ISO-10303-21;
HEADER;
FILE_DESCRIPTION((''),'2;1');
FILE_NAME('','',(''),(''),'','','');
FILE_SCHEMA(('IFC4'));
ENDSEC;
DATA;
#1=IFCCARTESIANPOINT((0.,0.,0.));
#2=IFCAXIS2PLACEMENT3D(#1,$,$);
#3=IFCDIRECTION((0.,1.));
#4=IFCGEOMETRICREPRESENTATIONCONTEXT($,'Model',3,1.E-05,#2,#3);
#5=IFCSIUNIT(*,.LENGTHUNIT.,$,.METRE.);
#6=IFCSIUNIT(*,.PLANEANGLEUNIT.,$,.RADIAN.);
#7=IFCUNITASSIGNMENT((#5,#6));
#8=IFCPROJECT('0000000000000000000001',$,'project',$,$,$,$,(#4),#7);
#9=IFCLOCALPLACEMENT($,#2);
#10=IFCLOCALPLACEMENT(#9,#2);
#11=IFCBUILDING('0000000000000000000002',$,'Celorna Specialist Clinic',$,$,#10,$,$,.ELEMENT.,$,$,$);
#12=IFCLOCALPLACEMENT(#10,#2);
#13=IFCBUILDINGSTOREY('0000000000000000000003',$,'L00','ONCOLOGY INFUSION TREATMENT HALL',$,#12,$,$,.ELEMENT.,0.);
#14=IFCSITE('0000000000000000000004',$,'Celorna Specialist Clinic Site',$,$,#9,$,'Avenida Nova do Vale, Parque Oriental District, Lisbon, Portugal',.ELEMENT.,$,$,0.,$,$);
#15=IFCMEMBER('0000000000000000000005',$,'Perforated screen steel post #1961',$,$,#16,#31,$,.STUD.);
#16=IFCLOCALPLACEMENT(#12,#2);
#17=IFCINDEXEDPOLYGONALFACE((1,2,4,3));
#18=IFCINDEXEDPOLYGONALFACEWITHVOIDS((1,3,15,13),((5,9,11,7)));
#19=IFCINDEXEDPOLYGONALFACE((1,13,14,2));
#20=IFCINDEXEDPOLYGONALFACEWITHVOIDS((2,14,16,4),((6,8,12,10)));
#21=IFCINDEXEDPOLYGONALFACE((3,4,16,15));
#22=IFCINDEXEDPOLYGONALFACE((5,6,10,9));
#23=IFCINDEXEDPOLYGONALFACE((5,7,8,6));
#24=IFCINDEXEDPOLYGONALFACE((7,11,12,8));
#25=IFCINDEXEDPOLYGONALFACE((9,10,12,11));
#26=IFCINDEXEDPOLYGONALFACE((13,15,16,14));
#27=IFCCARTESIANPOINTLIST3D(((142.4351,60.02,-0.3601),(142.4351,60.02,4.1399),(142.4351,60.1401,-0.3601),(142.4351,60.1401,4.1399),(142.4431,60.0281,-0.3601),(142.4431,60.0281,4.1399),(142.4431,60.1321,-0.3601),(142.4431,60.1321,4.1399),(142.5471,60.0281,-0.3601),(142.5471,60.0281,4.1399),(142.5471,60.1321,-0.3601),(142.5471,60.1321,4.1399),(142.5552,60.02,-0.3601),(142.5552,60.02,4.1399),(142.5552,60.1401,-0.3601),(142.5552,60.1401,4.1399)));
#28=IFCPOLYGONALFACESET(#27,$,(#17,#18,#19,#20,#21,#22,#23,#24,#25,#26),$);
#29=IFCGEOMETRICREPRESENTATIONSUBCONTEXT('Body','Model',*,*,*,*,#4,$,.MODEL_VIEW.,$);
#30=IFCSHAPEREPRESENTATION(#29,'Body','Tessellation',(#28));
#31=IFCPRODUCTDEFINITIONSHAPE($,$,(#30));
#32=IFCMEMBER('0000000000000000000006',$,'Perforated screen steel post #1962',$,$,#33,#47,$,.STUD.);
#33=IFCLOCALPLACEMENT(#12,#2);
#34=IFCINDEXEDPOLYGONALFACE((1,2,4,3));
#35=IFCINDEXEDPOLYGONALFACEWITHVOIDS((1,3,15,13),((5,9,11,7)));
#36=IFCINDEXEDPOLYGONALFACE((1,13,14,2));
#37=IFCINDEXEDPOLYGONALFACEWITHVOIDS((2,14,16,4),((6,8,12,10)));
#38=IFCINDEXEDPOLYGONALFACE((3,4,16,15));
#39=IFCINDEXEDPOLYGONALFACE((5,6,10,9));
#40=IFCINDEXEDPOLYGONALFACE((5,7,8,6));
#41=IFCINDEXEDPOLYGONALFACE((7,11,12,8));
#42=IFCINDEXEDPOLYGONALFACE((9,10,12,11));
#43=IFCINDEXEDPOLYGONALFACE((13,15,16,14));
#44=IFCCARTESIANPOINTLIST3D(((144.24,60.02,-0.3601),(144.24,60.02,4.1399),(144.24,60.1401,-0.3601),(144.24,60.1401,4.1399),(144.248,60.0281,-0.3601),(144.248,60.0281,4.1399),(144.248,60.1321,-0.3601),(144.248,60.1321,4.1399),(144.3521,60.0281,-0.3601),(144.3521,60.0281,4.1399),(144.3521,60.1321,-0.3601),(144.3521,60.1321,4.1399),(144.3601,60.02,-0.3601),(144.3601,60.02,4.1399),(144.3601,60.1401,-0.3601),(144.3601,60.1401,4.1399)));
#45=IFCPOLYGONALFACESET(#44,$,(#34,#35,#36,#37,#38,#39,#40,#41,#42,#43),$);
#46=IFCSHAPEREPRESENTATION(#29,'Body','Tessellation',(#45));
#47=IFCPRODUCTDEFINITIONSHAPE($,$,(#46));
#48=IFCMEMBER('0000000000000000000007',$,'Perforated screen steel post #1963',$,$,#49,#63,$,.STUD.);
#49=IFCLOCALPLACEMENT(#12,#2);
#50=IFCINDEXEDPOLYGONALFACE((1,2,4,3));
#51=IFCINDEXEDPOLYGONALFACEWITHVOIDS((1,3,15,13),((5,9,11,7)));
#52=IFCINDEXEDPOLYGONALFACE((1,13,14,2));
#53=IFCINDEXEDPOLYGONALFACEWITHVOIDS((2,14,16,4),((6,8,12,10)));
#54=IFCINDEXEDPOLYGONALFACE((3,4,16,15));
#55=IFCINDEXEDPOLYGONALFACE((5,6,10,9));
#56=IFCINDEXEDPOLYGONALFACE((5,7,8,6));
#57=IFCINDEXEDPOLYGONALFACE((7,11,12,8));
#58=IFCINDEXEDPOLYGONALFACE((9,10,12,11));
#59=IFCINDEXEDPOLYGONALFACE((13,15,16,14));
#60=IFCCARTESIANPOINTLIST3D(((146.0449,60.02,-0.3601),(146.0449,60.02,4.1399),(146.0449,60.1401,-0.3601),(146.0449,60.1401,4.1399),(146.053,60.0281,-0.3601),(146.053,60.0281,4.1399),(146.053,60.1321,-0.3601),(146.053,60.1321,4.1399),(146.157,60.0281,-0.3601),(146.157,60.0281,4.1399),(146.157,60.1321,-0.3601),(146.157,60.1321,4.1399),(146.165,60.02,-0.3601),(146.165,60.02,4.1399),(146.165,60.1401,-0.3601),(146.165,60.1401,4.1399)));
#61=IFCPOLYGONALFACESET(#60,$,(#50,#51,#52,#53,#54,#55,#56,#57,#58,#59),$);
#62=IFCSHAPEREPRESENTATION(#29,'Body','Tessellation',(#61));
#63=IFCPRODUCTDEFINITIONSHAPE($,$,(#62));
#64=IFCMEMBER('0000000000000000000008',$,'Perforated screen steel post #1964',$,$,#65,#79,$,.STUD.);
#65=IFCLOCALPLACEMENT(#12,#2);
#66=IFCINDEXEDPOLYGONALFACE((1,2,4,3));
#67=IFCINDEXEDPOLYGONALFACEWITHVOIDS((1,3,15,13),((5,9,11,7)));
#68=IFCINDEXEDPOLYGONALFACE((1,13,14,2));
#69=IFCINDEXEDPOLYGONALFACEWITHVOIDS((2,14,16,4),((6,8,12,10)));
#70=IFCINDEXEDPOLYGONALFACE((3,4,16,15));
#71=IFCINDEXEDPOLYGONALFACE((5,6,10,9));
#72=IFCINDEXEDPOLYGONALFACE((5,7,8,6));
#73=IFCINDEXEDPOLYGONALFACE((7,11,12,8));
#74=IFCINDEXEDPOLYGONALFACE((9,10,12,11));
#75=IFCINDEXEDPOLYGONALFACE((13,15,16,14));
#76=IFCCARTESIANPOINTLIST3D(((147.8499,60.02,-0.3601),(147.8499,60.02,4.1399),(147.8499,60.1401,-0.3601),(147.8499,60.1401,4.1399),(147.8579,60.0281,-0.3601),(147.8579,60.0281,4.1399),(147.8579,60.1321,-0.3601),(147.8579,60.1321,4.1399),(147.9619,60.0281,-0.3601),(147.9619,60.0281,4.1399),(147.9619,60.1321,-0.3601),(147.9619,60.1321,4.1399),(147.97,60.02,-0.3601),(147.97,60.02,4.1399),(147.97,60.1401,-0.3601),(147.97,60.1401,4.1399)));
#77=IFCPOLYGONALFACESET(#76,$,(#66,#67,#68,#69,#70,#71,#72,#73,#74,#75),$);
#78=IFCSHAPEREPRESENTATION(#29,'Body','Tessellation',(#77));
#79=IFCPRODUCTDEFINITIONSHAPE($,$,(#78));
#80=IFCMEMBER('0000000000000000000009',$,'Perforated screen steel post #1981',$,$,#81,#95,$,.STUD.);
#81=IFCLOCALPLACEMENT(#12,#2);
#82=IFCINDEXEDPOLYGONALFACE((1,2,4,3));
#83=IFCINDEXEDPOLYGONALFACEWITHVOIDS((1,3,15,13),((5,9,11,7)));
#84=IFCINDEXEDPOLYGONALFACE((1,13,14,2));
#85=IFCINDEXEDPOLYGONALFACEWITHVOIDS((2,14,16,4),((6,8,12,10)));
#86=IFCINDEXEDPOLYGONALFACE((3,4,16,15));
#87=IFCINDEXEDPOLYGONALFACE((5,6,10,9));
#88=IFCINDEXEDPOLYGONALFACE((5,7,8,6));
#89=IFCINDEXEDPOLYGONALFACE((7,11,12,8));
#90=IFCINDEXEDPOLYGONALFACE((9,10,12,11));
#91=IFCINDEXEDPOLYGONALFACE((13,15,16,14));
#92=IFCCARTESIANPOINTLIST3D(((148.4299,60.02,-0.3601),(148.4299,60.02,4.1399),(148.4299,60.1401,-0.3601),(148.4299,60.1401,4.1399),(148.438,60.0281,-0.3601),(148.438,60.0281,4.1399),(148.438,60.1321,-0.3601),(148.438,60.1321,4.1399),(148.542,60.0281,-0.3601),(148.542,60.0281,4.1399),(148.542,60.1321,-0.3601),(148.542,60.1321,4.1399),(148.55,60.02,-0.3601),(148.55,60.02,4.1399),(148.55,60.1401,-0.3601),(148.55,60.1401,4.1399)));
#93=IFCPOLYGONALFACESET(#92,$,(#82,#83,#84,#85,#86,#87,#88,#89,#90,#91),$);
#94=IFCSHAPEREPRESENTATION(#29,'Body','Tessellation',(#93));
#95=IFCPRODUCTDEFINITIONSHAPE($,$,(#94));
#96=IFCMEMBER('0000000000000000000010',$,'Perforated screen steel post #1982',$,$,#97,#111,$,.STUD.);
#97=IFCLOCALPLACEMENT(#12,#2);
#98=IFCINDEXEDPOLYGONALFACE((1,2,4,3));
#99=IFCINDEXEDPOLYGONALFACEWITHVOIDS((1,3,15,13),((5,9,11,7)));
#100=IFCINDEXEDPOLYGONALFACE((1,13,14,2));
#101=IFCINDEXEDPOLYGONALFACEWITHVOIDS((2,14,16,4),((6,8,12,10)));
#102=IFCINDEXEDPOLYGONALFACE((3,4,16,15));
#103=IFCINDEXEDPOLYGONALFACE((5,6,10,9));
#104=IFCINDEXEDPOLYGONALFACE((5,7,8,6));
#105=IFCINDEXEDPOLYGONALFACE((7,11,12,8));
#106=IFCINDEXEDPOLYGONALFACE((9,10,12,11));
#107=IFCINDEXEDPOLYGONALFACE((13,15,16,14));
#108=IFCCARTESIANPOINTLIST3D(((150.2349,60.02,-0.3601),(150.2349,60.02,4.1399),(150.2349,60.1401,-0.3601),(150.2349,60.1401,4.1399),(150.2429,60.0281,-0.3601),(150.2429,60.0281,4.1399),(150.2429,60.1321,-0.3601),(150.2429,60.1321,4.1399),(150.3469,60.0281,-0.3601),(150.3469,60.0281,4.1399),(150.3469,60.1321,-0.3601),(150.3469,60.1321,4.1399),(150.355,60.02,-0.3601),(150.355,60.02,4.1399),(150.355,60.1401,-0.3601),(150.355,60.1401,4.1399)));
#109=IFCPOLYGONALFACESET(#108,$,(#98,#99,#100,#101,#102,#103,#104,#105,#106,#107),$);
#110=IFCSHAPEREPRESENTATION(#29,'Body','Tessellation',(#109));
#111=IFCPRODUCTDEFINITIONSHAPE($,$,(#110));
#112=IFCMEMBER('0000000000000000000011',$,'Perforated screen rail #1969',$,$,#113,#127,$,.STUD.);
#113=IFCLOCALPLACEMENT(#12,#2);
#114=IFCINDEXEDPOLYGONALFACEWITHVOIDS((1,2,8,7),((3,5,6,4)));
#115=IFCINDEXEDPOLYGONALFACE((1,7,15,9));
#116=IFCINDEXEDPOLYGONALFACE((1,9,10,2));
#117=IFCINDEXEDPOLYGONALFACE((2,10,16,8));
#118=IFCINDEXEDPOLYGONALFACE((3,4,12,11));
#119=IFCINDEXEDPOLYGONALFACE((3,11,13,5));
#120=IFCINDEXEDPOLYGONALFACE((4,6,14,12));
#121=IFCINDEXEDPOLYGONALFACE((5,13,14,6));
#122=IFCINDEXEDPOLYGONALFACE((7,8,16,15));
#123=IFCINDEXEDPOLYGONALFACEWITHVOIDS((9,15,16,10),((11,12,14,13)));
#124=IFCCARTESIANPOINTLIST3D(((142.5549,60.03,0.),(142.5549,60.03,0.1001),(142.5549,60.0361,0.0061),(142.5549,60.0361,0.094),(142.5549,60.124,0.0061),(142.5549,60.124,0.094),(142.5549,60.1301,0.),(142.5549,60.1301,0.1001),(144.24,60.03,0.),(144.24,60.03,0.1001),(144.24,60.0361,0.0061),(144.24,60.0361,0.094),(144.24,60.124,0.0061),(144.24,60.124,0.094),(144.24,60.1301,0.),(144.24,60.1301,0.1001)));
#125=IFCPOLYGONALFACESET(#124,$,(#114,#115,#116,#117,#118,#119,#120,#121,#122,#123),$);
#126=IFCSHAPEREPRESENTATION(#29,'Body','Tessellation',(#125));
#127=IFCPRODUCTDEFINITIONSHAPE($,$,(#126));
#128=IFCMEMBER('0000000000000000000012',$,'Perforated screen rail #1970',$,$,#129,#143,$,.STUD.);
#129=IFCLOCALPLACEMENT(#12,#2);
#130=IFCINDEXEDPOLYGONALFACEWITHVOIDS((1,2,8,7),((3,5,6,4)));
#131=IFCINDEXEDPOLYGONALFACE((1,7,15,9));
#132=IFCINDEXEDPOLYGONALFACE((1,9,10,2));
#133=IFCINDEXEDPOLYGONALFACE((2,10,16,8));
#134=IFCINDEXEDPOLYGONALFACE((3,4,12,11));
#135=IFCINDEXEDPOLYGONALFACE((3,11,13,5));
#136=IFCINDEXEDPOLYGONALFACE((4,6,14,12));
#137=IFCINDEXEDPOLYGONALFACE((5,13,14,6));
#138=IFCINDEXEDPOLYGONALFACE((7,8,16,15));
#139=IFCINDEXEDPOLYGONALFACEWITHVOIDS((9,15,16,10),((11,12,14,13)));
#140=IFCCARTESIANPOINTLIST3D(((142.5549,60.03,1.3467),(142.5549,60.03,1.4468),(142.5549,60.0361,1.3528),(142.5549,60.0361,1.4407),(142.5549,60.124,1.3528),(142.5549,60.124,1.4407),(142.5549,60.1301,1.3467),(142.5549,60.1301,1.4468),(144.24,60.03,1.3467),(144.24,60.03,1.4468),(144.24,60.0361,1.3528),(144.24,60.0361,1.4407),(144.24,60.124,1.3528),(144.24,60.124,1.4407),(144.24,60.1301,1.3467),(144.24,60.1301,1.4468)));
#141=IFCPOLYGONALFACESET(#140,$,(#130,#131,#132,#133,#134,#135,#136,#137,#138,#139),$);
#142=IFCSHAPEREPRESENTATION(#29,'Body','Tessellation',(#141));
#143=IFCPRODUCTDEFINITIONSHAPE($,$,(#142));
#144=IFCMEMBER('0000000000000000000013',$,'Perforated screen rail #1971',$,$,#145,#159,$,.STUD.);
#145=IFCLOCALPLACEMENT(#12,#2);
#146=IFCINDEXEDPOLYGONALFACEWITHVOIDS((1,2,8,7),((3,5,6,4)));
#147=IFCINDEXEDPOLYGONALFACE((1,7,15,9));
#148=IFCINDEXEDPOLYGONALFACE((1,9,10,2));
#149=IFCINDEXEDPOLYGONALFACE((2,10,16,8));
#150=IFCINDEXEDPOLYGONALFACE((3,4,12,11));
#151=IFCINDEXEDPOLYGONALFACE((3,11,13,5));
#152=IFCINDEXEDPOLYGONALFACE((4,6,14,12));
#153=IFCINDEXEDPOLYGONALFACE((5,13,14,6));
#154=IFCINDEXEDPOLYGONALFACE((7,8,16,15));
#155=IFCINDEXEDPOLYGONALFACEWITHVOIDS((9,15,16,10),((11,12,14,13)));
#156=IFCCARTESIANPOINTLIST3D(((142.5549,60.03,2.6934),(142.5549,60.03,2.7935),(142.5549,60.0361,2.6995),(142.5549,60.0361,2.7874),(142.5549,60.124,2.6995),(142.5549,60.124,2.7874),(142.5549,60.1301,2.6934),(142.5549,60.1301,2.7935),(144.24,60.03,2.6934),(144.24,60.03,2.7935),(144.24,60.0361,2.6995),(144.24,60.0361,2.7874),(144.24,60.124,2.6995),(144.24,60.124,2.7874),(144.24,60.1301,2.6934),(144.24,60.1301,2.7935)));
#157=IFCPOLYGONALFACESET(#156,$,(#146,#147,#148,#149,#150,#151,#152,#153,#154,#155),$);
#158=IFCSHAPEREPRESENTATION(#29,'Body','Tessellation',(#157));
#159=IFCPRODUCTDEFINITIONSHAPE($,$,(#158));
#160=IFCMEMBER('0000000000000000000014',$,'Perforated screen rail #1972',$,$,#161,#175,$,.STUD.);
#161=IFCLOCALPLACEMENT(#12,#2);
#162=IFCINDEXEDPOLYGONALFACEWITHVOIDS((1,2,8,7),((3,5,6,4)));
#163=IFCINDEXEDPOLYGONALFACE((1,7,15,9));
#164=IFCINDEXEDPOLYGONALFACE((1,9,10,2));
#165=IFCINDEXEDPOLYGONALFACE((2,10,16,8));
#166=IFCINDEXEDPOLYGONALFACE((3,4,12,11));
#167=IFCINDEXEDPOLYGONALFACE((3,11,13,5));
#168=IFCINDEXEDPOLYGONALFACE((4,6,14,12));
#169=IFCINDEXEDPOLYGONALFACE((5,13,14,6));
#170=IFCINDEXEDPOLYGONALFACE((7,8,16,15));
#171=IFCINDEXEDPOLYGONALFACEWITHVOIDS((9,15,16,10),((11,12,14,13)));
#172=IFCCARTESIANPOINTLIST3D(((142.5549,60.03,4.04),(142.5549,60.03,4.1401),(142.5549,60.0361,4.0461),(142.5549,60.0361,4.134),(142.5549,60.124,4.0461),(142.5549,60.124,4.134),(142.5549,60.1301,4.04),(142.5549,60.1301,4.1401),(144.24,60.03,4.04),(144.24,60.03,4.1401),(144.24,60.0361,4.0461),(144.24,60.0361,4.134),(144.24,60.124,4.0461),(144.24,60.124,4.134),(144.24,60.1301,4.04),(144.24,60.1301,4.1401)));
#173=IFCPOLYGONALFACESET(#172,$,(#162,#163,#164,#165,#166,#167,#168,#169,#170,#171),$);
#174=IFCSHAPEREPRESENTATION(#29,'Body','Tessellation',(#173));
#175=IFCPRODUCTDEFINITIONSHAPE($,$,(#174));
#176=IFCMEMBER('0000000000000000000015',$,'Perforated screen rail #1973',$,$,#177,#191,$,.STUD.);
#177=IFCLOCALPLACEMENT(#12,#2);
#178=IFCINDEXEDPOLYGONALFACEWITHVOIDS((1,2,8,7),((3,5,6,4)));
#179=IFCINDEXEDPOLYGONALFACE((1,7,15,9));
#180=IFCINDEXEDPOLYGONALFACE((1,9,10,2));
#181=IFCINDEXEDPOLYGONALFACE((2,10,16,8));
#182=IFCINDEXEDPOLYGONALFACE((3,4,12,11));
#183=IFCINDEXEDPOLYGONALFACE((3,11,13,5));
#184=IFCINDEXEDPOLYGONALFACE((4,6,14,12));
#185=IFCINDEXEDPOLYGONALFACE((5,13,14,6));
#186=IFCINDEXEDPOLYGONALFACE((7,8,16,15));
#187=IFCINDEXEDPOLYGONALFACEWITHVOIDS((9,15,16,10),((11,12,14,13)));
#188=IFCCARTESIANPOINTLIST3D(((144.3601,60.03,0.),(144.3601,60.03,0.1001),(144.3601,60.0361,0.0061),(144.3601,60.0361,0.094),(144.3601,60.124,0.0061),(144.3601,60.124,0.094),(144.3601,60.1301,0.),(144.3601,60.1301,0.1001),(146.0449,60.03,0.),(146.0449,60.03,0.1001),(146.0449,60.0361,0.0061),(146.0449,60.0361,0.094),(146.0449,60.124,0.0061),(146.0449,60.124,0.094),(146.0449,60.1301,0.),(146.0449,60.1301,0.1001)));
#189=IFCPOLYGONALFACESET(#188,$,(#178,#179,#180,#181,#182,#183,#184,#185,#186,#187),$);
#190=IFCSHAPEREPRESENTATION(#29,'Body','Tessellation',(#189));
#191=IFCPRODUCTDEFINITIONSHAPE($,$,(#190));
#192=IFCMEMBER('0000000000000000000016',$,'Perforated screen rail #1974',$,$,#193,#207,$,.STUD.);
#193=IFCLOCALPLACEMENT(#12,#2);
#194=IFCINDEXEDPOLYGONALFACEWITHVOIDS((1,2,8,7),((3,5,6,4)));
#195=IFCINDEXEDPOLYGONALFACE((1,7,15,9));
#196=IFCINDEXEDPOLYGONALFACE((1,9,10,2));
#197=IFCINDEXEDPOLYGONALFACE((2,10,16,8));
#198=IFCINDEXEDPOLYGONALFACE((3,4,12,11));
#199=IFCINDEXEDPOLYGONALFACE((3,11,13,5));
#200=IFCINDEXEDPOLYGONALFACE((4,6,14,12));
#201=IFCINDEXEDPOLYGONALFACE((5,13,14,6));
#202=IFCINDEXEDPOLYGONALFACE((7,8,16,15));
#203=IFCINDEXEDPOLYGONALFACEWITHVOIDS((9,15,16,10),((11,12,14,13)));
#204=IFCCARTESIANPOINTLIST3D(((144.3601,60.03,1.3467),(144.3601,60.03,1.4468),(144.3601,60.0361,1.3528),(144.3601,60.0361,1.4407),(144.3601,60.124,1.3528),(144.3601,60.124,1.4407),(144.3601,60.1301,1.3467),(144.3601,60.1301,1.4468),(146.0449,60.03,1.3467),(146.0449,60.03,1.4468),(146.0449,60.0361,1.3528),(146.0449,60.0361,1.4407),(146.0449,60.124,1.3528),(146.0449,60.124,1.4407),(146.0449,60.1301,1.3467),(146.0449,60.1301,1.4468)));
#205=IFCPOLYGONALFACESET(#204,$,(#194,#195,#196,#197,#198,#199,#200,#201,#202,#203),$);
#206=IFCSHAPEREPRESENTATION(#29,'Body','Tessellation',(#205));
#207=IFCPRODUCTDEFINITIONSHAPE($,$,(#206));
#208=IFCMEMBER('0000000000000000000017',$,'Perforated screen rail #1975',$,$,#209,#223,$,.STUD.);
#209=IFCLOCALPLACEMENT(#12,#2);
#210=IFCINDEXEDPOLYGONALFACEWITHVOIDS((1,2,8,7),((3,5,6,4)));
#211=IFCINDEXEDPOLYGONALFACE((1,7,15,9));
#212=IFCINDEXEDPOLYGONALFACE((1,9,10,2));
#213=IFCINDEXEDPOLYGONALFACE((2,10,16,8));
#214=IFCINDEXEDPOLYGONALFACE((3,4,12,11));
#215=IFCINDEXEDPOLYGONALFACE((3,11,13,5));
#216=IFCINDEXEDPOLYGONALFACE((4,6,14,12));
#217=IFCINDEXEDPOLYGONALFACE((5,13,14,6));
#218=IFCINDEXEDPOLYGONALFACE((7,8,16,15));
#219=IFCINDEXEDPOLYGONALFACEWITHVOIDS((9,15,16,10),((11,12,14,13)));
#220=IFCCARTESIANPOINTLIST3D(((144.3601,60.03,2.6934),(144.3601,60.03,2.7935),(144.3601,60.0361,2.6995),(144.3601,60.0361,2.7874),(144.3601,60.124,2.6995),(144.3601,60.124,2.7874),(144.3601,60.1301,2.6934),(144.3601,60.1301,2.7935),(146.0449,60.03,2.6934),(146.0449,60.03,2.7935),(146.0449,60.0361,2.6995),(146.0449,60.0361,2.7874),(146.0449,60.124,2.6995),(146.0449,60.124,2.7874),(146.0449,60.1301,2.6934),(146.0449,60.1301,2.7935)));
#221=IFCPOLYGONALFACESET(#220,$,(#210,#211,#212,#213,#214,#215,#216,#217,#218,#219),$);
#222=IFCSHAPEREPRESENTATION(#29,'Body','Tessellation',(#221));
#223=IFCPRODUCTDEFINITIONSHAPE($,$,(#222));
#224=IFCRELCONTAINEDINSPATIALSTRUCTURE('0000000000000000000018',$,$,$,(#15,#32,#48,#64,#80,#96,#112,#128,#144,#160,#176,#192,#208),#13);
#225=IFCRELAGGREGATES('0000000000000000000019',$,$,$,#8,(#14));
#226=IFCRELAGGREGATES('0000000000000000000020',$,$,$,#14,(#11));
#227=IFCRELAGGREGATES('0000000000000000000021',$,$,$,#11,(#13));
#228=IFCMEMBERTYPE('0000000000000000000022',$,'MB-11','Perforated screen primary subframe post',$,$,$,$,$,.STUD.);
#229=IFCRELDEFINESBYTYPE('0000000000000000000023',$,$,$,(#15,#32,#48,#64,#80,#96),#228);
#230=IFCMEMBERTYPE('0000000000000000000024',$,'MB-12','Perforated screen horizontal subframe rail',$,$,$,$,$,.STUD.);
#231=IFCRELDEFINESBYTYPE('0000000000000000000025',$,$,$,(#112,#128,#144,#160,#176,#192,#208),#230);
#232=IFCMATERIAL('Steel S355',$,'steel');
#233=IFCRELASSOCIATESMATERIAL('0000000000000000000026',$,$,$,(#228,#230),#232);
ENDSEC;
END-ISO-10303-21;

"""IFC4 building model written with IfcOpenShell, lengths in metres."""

from ifc_helpers import new_model, si_unit, direction, frame, origin, origin_2d, place, context, subcontext, project, spatial, hollow_rectangle, extrude, material, material_profile, profile_set, type_object, element, save


model = new_model("IFC4")

# Units and contexts
model_context = context("Model", 3, precision=1e-05, world=origin(), true_north=direction((0.0, 1.0)))
body_context = subcontext(model_context, "Body", "Model", "MODEL_VIEW")
ifc_project = project(units=[si_unit("LENGTHUNIT", "METRE"), si_unit("PLANEANGLEUNIT", "RADIAN")], contexts=[model_context])

# Site, building, storey
site_placement = place(None, origin())
site = spatial("IfcSite", under=ifc_project, at=site_placement, Name="Celorna Specialist Clinic Site", LongName="Avenida Nova do Vale, Parque Oriental District, Lisbon, Portugal", CompositionType="ELEMENT", RefElevation=0.0)
building_placement = place(site_placement, origin())
building = spatial("IfcBuilding", under=site, at=building_placement, Name="Celorna Specialist Clinic", CompositionType="ELEMENT")
storey_placement = place(building_placement, origin())
storey = spatial("IfcBuildingStorey", under=building, at=storey_placement, Name="L00", Description="ONCOLOGY INFUSION TREATMENT HALL", CompositionType="ELEMENT", Elevation=0.0)

# Members
ifc_material_1 = material(Name="Steel S355", Category="steel")
ifc_material_profile_1 = material_profile(ifc_material_1, hollow_rectangle(XDim=0.1201, YDim=0.1201, WallThickness=0.0081, at=origin_2d()), Name="SHS 120x120x8")
ifc_profile_set_1 = profile_set([ifc_material_profile_1], Name="Steel S355")
member_type_1 = type_object("IfcMemberType", Name="MB-11", Description="Perforated screen primary subframe post", PredefinedType="STUD", material=ifc_profile_set_1)
for number, where, z_axis, x_axis, name in (
    (1, (142.4951, 60.0801, -0.3601), (0.0, 0.0, 1.0), (1.0, 0.0, 0.0), "Perforated screen steel post #1961"),
    (2, (144.3, 60.0801, -0.3601), (0.0, 0.0, 1.0), (1.0, 0.0, 0.0), "Perforated screen steel post #1962"),
    (3, (146.105, 60.0801, -0.3601), (0.0, 0.0, 1.0), (1.0, 0.0, 0.0), "Perforated screen steel post #1963"),
    (4, (147.9099, 60.0801, -0.3601), (0.0, 0.0, 1.0), (1.0, 0.0, 0.0), "Perforated screen steel post #1964"),
    (5, (148.49, 60.0801, -0.3601), (0.0, 0.0, 1.0), (1.0, 0.0, 0.0), "Perforated screen steel post #1981"),
    (6, (150.2949, 60.0801, -0.3601), (0.0, 0.0, 1.0), (1.0, 0.0, 0.0), "Perforated screen steel post #1982"),
):
    element("IfcMember", number, at=place(storey_placement, frame(where, z_axis=z_axis, x_axis=x_axis)), inside=storey, type_object=member_type_1, Name=name, PredefinedType="STUD", context=body_context, shape_type="SweptSolid", body=[
        extrude(hollow_rectangle(XDim=0.1201, YDim=0.1201, WallThickness=0.0081, at=origin_2d()), origin(), (0.0, 0.0, 1.0), 4.5),
    ])
ifc_material_profile_2 = material_profile(ifc_material_1, hollow_rectangle(XDim=0.1001, YDim=0.1001, WallThickness=0.0061, at=origin_2d()), Name="SHS 100x100x6")
ifc_profile_set_2 = profile_set([ifc_material_profile_2], Name="Steel S355")
member_type_2 = type_object("IfcMemberType", Name="MB-12", Description="Perforated screen horizontal subframe rail", PredefinedType="STUD", material=ifc_profile_set_2)
for number, where, z_axis, x_axis, name in (
    (7, (142.5549, 60.0801, 0.05), (1.0, 0.0, 0.0), (0.0, 1.0, 0.0), "Perforated screen rail #1969"),
    (8, (142.5549, 60.0801, 1.3967), (1.0, 0.0, 0.0), (0.0, 1.0, 0.0), "Perforated screen rail #1970"),
    (9, (142.5549, 60.0801, 2.7434), (1.0, 0.0, 0.0), (0.0, 1.0, 0.0), "Perforated screen rail #1971"),
    (10, (142.5549, 60.0801, 4.0901), (1.0, 0.0, 0.0), (0.0, 1.0, 0.0), "Perforated screen rail #1972"),
):
    element("IfcMember", number, at=place(storey_placement, frame(where, z_axis=z_axis, x_axis=x_axis)), inside=storey, type_object=member_type_2, Name=name, PredefinedType="STUD", context=body_context, shape_type="SweptSolid", body=[
        extrude(hollow_rectangle(XDim=0.1001, YDim=0.1001, WallThickness=0.0061, at=origin_2d()), origin(), (0.0, 0.0, 1.0), 1.6851),
    ])
for number, where, z_axis, x_axis, name in (
    (11, (144.3601, 60.0801, 0.05), (1.0, 0.0, 0.0), (0.0, 1.0, 0.0), "Perforated screen rail #1973"),
    (12, (144.3601, 60.0801, 1.3967), (1.0, 0.0, 0.0), (0.0, 1.0, 0.0), "Perforated screen rail #1974"),
    (13, (144.3601, 60.0801, 2.7434), (1.0, 0.0, 0.0), (0.0, 1.0, 0.0), "Perforated screen rail #1975"),
):
    element("IfcMember", number, at=place(storey_placement, frame(where, z_axis=z_axis, x_axis=x_axis)), inside=storey, type_object=member_type_2, Name=name, PredefinedType="STUD", context=body_context, shape_type="SweptSolid", body=[
        extrude(hollow_rectangle(XDim=0.1001, YDim=0.1001, WallThickness=0.0061, at=origin_2d()), origin(), (0.0, 0.0, 1.0), 1.6848),
    ])

save(model, "model.ifc")
